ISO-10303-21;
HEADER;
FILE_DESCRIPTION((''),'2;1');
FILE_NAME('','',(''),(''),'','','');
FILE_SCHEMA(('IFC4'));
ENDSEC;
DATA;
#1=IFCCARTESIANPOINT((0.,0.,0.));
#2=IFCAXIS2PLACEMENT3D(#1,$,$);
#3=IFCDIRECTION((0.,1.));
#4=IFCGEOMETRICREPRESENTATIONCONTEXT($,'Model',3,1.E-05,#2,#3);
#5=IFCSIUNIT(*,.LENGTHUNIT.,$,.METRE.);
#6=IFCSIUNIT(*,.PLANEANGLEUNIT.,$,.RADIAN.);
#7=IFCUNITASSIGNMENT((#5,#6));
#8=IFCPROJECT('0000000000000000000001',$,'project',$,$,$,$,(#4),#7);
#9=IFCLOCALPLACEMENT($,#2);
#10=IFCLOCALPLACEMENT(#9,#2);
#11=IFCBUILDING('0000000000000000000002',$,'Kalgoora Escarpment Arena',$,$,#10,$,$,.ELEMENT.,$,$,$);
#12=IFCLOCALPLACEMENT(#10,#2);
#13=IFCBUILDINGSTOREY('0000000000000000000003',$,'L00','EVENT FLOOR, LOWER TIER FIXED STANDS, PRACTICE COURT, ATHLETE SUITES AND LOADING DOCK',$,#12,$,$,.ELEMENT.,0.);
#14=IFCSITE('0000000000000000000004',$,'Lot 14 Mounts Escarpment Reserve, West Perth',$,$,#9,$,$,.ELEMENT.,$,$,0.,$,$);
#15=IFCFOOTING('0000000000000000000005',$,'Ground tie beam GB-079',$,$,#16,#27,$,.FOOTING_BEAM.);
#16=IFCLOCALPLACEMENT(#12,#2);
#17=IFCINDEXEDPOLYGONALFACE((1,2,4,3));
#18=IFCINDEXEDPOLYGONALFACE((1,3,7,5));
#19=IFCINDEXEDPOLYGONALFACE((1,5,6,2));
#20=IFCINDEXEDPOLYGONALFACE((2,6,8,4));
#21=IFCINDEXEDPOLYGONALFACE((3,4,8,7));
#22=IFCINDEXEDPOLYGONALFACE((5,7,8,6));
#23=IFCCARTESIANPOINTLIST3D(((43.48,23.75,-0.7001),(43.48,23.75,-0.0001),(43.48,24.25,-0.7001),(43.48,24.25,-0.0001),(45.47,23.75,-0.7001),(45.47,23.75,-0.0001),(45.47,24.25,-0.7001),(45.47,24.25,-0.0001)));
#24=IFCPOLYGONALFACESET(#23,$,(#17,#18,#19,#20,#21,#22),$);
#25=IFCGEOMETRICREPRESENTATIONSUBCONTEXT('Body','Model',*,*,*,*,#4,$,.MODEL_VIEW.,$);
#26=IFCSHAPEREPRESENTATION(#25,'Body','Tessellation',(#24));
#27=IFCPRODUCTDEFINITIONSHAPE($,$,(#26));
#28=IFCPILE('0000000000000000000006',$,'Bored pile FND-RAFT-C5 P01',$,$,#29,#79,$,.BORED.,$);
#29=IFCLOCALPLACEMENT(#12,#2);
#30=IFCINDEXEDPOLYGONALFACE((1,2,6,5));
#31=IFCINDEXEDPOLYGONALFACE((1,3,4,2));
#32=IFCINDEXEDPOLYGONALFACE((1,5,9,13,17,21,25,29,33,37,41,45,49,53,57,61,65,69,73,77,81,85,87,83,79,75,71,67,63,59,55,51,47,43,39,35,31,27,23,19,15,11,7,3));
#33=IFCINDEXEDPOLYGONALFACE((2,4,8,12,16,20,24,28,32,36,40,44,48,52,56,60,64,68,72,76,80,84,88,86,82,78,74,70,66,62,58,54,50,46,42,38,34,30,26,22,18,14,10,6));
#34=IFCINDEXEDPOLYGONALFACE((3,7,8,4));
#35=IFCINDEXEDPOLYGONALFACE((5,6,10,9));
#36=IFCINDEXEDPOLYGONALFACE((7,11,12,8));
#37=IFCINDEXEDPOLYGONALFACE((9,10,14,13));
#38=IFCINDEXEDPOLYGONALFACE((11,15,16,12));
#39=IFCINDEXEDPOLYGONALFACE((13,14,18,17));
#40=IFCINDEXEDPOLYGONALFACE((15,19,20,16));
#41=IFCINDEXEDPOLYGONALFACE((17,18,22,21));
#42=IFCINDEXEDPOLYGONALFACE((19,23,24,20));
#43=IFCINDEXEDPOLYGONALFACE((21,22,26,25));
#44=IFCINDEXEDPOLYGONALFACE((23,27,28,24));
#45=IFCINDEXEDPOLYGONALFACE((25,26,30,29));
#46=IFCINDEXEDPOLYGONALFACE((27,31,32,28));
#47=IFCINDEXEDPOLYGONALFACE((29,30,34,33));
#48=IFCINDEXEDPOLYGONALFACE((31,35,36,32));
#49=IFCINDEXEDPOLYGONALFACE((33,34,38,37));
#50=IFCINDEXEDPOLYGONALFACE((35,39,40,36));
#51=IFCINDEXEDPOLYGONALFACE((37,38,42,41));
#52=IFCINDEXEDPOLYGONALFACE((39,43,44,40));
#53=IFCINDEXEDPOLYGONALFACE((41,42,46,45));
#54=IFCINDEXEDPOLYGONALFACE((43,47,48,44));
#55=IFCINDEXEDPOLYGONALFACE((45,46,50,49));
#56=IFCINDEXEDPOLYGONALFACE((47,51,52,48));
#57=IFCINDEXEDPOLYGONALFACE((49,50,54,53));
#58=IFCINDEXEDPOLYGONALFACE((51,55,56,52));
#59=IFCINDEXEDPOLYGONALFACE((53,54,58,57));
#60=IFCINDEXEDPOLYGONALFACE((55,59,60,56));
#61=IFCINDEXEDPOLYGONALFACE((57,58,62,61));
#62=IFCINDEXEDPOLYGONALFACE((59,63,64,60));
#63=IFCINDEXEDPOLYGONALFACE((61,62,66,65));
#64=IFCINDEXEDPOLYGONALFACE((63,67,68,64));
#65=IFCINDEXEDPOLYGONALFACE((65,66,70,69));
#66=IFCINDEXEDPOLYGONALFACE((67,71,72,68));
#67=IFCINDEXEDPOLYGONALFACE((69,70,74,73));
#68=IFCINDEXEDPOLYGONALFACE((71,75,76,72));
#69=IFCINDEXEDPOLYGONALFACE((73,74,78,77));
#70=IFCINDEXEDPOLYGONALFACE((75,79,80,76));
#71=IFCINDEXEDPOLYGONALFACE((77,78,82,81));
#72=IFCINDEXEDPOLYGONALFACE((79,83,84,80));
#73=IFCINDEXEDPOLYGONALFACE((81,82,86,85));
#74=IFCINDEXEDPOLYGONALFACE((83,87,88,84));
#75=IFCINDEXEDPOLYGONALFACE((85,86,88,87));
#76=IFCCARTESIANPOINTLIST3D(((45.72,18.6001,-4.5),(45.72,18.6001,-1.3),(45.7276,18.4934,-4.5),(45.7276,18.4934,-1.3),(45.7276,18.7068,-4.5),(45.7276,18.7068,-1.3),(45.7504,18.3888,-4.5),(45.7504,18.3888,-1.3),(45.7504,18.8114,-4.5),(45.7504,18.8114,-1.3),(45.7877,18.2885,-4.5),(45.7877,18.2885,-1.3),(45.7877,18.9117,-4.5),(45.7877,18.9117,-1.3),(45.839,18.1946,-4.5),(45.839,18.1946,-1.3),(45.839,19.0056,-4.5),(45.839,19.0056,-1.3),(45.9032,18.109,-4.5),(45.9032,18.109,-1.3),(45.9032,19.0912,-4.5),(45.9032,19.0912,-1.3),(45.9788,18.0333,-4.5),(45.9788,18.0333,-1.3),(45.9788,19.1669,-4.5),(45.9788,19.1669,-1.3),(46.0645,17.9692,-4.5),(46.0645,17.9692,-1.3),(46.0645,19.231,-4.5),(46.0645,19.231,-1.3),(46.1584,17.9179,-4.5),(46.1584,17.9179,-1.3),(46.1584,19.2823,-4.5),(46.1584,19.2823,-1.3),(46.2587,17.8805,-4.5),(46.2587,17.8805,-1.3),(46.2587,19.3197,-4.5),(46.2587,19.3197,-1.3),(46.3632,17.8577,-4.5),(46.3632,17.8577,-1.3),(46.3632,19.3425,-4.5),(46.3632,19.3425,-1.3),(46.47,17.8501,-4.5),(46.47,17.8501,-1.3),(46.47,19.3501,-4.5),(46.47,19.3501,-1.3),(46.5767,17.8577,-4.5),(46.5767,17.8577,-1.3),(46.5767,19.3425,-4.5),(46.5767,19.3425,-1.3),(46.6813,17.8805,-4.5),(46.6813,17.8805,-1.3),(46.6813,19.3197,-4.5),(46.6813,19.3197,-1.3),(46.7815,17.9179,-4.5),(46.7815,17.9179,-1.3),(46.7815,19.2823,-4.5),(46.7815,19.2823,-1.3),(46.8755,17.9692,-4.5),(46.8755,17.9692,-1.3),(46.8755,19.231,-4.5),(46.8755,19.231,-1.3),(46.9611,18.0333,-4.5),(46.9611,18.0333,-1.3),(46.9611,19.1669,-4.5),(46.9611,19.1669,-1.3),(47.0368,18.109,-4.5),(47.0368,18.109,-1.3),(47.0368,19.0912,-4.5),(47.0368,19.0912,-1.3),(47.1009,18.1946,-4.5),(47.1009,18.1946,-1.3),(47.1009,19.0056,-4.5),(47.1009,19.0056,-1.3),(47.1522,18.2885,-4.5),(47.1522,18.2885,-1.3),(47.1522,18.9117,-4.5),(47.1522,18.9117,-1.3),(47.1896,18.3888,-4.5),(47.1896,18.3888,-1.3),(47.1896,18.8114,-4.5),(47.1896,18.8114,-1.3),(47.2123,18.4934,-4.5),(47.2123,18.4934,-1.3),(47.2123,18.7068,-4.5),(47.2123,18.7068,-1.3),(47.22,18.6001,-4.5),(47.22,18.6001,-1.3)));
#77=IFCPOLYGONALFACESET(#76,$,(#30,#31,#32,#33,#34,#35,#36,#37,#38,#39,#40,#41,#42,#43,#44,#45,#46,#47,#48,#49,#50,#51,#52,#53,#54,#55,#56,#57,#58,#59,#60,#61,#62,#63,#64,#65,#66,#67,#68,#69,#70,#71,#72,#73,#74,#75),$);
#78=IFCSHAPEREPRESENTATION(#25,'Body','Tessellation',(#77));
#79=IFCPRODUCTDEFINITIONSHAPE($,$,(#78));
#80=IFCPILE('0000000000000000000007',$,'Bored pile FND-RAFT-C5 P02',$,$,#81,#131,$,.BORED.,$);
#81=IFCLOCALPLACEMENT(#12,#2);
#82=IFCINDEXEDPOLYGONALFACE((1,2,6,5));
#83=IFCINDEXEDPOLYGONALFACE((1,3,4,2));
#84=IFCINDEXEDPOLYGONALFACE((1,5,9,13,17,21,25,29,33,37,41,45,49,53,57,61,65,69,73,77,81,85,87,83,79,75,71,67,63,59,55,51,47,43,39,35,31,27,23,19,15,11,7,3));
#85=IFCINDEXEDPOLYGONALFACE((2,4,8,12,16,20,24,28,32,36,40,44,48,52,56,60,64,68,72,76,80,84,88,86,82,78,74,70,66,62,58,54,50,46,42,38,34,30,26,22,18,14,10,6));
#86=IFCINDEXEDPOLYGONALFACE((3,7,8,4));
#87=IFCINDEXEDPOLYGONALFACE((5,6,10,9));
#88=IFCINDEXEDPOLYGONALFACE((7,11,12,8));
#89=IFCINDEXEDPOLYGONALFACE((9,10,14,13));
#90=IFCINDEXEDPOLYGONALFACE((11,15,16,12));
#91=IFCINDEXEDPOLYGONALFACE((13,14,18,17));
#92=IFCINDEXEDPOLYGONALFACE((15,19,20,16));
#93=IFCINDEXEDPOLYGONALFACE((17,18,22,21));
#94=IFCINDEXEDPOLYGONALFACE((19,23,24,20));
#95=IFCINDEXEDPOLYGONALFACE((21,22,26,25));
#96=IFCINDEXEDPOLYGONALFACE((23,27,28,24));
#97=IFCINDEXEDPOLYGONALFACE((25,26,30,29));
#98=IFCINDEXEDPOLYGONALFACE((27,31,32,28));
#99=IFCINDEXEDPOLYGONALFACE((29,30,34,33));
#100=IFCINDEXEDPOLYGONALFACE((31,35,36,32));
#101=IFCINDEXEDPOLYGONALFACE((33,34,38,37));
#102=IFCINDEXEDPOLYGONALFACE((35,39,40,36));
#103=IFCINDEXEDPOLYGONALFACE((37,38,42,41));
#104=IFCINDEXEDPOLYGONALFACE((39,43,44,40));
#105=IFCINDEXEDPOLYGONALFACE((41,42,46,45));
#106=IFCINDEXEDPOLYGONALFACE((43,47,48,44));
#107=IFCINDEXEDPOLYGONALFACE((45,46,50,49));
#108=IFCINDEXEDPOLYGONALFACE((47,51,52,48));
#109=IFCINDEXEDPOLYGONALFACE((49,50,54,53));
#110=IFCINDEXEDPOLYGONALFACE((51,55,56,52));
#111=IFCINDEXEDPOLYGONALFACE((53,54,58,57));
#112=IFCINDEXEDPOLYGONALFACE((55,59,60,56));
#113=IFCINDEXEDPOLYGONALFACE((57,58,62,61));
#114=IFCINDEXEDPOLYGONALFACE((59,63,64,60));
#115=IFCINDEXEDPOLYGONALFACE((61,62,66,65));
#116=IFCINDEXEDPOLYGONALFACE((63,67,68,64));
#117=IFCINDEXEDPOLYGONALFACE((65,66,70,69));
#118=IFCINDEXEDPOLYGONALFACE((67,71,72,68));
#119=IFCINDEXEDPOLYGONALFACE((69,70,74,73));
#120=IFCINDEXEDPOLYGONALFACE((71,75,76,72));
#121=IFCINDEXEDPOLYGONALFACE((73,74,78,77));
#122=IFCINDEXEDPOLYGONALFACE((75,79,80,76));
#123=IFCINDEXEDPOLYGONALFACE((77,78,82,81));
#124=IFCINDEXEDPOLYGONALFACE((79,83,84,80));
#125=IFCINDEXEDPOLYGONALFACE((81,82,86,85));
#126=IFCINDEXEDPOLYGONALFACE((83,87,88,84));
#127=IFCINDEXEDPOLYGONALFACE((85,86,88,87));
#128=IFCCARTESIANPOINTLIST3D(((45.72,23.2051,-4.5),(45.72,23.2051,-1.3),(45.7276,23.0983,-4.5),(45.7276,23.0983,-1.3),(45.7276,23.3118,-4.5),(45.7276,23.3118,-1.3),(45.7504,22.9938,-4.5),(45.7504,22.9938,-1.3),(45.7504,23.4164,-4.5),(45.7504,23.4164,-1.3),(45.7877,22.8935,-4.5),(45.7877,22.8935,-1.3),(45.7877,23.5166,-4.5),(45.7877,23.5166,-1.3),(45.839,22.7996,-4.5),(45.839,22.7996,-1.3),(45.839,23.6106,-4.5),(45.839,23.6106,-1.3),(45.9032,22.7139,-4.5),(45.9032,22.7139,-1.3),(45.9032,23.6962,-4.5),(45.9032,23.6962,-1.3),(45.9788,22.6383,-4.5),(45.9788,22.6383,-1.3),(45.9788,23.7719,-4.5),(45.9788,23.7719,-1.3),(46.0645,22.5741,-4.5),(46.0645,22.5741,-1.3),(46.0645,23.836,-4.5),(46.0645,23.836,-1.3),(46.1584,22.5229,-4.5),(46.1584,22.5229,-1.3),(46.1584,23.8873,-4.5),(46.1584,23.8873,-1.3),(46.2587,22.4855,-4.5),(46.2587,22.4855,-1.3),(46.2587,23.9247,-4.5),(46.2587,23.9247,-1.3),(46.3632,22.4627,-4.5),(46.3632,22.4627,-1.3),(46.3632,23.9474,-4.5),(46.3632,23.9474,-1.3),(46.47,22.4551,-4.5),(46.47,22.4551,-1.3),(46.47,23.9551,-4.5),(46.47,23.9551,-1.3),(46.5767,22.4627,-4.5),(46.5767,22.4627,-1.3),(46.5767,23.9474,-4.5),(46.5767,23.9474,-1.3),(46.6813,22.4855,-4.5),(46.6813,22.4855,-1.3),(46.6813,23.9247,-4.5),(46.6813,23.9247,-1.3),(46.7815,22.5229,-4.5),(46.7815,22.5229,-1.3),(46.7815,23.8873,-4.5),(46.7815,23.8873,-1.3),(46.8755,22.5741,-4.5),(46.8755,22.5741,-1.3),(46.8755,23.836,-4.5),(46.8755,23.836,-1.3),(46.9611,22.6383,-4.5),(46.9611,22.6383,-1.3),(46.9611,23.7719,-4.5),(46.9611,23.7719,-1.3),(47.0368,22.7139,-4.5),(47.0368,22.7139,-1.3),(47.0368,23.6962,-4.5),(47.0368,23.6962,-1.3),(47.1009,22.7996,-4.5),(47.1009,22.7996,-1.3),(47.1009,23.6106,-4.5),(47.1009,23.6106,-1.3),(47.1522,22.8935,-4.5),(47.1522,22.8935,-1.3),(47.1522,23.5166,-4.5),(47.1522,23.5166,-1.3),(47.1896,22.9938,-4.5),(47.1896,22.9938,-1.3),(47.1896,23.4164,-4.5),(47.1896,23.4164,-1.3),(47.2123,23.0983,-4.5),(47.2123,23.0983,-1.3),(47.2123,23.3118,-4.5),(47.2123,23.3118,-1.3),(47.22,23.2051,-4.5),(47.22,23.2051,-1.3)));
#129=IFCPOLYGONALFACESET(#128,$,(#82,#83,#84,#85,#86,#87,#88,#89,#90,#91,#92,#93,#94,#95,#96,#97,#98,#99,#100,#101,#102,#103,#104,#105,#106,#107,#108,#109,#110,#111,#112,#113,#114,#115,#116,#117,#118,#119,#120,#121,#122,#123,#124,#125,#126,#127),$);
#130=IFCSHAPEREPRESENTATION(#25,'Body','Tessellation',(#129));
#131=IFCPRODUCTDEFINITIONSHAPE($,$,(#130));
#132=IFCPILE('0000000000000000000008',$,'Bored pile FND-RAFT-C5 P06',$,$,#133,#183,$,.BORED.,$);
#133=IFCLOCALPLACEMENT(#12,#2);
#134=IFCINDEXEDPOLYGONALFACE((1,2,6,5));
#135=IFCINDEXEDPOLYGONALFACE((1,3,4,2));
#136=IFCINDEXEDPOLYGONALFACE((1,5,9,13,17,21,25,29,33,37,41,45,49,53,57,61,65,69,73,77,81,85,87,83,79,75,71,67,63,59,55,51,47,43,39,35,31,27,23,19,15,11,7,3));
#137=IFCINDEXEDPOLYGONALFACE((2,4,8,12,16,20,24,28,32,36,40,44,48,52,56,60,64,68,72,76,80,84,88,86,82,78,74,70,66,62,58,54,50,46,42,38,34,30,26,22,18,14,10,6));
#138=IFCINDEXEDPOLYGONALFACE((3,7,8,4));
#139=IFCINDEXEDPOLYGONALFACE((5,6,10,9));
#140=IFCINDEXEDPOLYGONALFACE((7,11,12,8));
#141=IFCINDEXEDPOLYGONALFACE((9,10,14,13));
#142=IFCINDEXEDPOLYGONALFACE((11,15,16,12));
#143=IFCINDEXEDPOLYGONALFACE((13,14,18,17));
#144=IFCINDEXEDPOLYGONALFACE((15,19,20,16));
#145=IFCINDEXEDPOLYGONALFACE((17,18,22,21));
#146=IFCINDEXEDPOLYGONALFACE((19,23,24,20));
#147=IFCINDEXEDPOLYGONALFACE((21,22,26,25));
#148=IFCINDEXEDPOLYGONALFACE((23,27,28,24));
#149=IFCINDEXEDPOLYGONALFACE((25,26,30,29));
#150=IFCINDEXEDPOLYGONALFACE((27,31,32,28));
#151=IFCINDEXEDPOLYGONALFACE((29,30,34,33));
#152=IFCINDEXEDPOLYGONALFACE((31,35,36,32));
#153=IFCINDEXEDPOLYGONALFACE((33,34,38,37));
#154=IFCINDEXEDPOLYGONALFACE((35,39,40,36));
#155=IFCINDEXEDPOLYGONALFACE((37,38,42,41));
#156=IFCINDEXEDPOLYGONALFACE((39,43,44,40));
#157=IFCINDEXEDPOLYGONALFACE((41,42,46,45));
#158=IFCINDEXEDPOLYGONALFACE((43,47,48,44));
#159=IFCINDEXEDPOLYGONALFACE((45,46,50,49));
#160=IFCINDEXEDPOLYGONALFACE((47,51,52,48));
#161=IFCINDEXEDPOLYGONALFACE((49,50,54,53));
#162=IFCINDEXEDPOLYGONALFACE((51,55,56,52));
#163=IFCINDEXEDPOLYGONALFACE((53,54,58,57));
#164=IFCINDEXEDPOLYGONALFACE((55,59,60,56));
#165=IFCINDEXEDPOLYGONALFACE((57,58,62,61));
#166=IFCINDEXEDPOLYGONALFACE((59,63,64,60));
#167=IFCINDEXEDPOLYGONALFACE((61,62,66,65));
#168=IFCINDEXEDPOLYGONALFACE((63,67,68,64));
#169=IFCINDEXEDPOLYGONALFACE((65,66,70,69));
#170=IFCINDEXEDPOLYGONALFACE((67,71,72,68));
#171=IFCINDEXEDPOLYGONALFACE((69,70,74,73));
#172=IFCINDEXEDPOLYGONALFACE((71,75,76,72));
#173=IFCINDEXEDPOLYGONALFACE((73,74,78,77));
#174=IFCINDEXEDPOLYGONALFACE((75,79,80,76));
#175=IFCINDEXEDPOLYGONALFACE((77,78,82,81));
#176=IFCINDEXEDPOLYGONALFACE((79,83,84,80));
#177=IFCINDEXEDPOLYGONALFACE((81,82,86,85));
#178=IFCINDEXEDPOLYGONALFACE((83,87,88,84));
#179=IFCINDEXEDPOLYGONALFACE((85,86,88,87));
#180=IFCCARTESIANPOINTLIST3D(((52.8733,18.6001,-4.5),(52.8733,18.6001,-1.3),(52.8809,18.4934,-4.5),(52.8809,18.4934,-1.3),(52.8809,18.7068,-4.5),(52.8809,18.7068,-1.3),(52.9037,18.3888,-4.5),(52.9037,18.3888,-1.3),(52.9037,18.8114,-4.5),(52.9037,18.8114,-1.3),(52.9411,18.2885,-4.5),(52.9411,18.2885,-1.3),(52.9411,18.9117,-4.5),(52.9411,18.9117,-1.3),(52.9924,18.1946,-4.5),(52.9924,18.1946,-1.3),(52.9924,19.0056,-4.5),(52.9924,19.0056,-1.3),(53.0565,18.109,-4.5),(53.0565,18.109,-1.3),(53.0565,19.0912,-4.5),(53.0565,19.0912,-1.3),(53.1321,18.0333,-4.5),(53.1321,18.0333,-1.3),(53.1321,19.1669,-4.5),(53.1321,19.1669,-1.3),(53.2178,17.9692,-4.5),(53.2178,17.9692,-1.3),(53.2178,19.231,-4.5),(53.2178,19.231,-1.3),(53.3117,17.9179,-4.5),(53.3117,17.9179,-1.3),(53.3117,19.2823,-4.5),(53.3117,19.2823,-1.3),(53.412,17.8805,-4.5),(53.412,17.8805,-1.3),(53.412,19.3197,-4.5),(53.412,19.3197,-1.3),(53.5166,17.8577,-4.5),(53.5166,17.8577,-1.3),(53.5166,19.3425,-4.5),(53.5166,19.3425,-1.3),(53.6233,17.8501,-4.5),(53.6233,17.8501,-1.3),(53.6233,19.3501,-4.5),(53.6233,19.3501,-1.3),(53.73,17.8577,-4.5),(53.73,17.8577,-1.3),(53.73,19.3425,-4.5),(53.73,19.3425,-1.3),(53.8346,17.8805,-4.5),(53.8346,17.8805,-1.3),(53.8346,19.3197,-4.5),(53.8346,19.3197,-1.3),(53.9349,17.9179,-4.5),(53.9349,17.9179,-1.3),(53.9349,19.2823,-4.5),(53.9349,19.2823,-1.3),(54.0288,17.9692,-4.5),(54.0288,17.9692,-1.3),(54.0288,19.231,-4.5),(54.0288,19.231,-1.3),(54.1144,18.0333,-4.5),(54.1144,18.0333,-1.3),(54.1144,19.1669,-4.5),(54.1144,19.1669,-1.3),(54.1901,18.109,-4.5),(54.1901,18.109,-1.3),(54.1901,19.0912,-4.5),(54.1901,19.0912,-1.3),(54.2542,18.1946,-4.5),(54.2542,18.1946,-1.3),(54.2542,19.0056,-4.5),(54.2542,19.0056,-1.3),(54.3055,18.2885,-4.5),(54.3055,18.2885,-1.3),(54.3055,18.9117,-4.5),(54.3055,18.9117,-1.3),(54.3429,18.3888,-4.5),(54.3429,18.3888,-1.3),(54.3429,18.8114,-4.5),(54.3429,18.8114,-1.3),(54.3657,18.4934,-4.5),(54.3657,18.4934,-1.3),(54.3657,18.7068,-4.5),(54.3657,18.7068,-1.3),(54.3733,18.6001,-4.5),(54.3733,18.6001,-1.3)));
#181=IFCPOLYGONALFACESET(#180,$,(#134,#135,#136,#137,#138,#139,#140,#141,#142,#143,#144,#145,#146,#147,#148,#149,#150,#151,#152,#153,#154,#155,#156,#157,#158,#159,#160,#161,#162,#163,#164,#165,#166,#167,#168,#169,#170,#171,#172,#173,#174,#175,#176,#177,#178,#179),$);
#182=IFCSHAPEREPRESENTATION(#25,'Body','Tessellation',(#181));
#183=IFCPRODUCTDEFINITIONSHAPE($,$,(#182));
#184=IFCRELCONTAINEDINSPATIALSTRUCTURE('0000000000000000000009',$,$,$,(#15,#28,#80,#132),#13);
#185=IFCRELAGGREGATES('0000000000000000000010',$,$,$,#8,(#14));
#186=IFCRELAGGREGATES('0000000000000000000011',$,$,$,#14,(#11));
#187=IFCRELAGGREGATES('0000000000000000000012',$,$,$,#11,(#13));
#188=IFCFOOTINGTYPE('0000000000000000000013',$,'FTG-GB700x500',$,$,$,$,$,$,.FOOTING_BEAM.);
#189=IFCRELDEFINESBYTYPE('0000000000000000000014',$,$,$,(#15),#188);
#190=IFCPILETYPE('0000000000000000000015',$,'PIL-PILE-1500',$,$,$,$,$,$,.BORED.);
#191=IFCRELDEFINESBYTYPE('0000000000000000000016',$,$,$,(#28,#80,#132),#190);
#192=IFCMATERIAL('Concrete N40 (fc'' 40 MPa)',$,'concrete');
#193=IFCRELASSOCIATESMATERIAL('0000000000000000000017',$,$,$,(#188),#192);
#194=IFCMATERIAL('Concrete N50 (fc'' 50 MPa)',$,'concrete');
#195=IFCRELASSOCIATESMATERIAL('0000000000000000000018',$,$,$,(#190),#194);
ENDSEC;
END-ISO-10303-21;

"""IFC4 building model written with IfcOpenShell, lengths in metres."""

from ifc_helpers import new_model, si_unit, direction, frame, origin, origin_2d, place, context, subcontext, project, spatial, rectangle, circle, extrude, material, material_profile, profile_set, type_object, element, save


model = new_model("IFC4")

# Units and contexts
model_context = context("Model", 3, precision=1e-05, world=origin(), true_north=direction((0.0, 1.0)))
body_context = subcontext(model_context, "Body", "Model", "MODEL_VIEW")
ifc_project = project(units=[si_unit("LENGTHUNIT", "METRE"), si_unit("PLANEANGLEUNIT", "RADIAN")], contexts=[model_context])

# Site, building, storey
site_placement = place(None, origin())
site = spatial("IfcSite", under=ifc_project, at=site_placement, Name="Lot 14 Mounts Escarpment Reserve, West Perth", CompositionType="ELEMENT", RefElevation=0.0)
building_placement = place(site_placement, origin())
building = spatial("IfcBuilding", under=site, at=building_placement, Name="Kalgoora Escarpment Arena", CompositionType="ELEMENT")
storey_placement = place(building_placement, origin())
storey = spatial("IfcBuildingStorey", under=building, at=storey_placement, Name="L00", Description="EVENT FLOOR, LOWER TIER FIXED STANDS, PRACTICE COURT, ATHLETE SUITES AND LOADING DOCK", CompositionType="ELEMENT", Elevation=0.0)

# Footing
ifc_material_1 = material(Name="Concrete N40 (fc' 40 MPa)", Category="concrete")
ifc_material_profile_1 = material_profile(ifc_material_1, rectangle(XDim=0.5, YDim=0.7, at=origin_2d()))
ifc_profile_set_1 = profile_set([ifc_material_profile_1], Name="Concrete N40 (fc' 40 MPa)")
footing_type = type_object("IfcFootingType", Name="FTG-GB700x500", PredefinedType="FOOTING_BEAM", material=ifc_profile_set_1)
footing_placement = place(storey_placement, frame((43.48, 24.0, -0.3501), z_axis=(1.0, 0.0, 0.0), x_axis=(0.0, 1.0, 0.0)))
element("IfcFooting", 1, at=footing_placement, inside=storey, type_object=footing_type, Name="Ground tie beam GB-079", PredefinedType="FOOTING_BEAM", context=body_context, shape_type="SweptSolid", body=[
    extrude(rectangle(XDim=0.5, YDim=0.7, at=origin_2d()), origin(), (0.0, 0.0, 1.0), 1.99),
])

# Piles
ifc_material_2 = material(Name="Concrete N50 (fc' 50 MPa)", Category="concrete")
ifc_material_profile_2 = material_profile(ifc_material_2, circle(Radius=0.75, at=origin_2d()))
ifc_profile_set_2 = profile_set([ifc_material_profile_2], Name="Concrete N50 (fc' 50 MPa)")
pile_type_1 = type_object("IfcPileType", Name="PIL-PILE-1500", PredefinedType="BORED", material=ifc_profile_set_2)
for number, where, z_axis, x_axis, name in (
    (2, (46.47, 18.6001, -1.3), (0.0, 0.0, -1.0), (1.0, 0.0, 0.0), "Bored pile FND-RAFT-C5 P01"),
    (3, (46.47, 23.2051, -1.3), (0.0, 0.0, -1.0), (1.0, 0.0, 0.0), "Bored pile FND-RAFT-C5 P02"),
    (4, (53.6233, 18.6001, -1.3), (0.0, 0.0, -1.0), (1.0, 0.0, 0.0), "Bored pile FND-RAFT-C5 P06"),
):
    element("IfcPile", number, at=place(storey_placement, frame(where, z_axis=z_axis, x_axis=x_axis)), inside=storey, type_object=pile_type_1, Name=name, PredefinedType="BORED", context=body_context, shape_type="SweptSolid", body=[
        extrude(circle(Radius=0.75, at=origin_2d()), origin(), (0.0, 0.0, 1.0), 3.2),
    ])

save(model, "model.ifc")
